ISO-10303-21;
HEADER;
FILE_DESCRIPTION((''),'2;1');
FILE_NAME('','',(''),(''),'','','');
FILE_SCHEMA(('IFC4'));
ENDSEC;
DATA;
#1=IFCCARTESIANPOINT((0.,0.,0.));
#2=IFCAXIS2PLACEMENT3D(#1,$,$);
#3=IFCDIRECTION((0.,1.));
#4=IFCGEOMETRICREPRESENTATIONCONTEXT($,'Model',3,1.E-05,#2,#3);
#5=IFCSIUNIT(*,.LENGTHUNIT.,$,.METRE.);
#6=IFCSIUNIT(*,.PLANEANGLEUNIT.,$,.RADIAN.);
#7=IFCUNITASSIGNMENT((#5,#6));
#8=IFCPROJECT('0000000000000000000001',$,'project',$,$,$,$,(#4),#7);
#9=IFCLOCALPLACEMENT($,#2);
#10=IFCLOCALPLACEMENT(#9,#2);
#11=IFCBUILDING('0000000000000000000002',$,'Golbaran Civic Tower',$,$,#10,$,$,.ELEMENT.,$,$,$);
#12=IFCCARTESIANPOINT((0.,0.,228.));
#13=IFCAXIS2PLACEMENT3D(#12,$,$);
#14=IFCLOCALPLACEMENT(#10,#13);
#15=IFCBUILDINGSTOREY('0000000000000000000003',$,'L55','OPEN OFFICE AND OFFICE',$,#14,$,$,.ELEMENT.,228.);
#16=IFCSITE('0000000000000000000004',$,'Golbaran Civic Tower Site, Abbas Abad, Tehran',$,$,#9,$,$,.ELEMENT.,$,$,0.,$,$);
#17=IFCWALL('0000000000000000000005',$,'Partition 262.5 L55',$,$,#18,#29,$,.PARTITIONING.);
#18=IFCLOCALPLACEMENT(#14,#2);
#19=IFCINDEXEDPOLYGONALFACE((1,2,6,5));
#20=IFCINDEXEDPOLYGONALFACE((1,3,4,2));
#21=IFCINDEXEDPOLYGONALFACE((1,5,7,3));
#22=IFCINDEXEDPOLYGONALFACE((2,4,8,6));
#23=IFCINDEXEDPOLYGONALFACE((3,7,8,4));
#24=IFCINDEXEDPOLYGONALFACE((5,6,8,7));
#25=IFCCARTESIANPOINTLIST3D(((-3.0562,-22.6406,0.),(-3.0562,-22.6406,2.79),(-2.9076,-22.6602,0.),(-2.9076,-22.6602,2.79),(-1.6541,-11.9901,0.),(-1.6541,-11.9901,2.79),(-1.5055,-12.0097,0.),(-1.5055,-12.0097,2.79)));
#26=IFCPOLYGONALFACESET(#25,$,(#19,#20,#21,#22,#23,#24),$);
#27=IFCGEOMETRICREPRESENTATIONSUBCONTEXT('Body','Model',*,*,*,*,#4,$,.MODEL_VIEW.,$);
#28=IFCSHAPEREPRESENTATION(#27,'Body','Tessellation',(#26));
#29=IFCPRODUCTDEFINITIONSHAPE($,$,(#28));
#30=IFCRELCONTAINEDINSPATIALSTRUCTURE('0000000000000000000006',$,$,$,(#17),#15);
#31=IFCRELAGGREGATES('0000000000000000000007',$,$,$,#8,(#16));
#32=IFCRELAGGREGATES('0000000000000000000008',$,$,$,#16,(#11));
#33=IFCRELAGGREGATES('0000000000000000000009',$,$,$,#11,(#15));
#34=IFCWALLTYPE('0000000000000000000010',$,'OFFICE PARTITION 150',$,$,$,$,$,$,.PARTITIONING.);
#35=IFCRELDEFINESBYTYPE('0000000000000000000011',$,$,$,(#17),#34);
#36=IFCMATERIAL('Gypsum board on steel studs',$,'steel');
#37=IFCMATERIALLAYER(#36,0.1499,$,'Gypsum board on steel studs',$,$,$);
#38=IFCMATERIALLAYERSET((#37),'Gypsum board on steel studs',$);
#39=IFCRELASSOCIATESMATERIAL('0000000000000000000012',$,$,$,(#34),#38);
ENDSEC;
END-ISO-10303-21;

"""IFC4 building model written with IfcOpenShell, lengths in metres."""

from ifc_helpers import new_model, si_unit, direction, frame, frame_2d, origin, place, context, subcontext, project, spatial, rectangle, extrude, material, layer, layer_set, type_object, element, save


model = new_model("IFC4")

# Units and contexts
model_context = context("Model", 3, precision=1e-05, world=origin(), true_north=direction((0.0, 1.0)))
body_context = subcontext(model_context, "Body", "Model", "MODEL_VIEW")
ifc_project = project(units=[si_unit("LENGTHUNIT", "METRE"), si_unit("PLANEANGLEUNIT", "RADIAN")], contexts=[model_context])

# Site, building, storey
site_placement = place(None, origin())
site = spatial("IfcSite", under=ifc_project, at=site_placement, Name="Golbaran Civic Tower Site, Abbas Abad, Tehran", CompositionType="ELEMENT", RefElevation=0.0)
building_placement = place(site_placement, origin())
building = spatial("IfcBuilding", under=site, at=building_placement, Name="Golbaran Civic Tower", CompositionType="ELEMENT")
storey_placement = place(building_placement, frame((0.0, 0.0, 228.0)))
storey = spatial("IfcBuildingStorey", under=building, at=storey_placement, Name="L55", Description="OPEN OFFICE AND OFFICE", CompositionType="ELEMENT", Elevation=228.0)

# Wall
ifc_material_1 = material(Name="Gypsum board on steel studs", Category="steel")
ifc_layer_1 = layer(ifc_material_1, 0.1499, Name="Gypsum board on steel studs")
ifc_layer_set_1 = layer_set([ifc_layer_1], Name="Gypsum board on steel studs")
wall_type_1 = type_object("IfcWallType", Name="OFFICE PARTITION 150", PredefinedType="PARTITIONING", material=ifc_layer_set_1)
wall_1_placement = place(storey_placement, frame((-1.5798, -12.0, 0.0), z_axis=(0.0, 0.0, 1.0), x_axis=(-0.130519, -0.991446, 0.0)))
element("IfcWall", 1, at=wall_1_placement, inside=storey, type_object=wall_type_1, Name="Partition 262.5 L55", PredefinedType="PARTITIONING", context=body_context, shape_type="SweptSolid", body=[
    extrude(rectangle(XDim=10.7424, YDim=0.1499, at=frame_2d((5.3711, 0.0))), origin(), (0.0, 0.0, 1.0), 2.79),
])

save(model, "model.ifc")
